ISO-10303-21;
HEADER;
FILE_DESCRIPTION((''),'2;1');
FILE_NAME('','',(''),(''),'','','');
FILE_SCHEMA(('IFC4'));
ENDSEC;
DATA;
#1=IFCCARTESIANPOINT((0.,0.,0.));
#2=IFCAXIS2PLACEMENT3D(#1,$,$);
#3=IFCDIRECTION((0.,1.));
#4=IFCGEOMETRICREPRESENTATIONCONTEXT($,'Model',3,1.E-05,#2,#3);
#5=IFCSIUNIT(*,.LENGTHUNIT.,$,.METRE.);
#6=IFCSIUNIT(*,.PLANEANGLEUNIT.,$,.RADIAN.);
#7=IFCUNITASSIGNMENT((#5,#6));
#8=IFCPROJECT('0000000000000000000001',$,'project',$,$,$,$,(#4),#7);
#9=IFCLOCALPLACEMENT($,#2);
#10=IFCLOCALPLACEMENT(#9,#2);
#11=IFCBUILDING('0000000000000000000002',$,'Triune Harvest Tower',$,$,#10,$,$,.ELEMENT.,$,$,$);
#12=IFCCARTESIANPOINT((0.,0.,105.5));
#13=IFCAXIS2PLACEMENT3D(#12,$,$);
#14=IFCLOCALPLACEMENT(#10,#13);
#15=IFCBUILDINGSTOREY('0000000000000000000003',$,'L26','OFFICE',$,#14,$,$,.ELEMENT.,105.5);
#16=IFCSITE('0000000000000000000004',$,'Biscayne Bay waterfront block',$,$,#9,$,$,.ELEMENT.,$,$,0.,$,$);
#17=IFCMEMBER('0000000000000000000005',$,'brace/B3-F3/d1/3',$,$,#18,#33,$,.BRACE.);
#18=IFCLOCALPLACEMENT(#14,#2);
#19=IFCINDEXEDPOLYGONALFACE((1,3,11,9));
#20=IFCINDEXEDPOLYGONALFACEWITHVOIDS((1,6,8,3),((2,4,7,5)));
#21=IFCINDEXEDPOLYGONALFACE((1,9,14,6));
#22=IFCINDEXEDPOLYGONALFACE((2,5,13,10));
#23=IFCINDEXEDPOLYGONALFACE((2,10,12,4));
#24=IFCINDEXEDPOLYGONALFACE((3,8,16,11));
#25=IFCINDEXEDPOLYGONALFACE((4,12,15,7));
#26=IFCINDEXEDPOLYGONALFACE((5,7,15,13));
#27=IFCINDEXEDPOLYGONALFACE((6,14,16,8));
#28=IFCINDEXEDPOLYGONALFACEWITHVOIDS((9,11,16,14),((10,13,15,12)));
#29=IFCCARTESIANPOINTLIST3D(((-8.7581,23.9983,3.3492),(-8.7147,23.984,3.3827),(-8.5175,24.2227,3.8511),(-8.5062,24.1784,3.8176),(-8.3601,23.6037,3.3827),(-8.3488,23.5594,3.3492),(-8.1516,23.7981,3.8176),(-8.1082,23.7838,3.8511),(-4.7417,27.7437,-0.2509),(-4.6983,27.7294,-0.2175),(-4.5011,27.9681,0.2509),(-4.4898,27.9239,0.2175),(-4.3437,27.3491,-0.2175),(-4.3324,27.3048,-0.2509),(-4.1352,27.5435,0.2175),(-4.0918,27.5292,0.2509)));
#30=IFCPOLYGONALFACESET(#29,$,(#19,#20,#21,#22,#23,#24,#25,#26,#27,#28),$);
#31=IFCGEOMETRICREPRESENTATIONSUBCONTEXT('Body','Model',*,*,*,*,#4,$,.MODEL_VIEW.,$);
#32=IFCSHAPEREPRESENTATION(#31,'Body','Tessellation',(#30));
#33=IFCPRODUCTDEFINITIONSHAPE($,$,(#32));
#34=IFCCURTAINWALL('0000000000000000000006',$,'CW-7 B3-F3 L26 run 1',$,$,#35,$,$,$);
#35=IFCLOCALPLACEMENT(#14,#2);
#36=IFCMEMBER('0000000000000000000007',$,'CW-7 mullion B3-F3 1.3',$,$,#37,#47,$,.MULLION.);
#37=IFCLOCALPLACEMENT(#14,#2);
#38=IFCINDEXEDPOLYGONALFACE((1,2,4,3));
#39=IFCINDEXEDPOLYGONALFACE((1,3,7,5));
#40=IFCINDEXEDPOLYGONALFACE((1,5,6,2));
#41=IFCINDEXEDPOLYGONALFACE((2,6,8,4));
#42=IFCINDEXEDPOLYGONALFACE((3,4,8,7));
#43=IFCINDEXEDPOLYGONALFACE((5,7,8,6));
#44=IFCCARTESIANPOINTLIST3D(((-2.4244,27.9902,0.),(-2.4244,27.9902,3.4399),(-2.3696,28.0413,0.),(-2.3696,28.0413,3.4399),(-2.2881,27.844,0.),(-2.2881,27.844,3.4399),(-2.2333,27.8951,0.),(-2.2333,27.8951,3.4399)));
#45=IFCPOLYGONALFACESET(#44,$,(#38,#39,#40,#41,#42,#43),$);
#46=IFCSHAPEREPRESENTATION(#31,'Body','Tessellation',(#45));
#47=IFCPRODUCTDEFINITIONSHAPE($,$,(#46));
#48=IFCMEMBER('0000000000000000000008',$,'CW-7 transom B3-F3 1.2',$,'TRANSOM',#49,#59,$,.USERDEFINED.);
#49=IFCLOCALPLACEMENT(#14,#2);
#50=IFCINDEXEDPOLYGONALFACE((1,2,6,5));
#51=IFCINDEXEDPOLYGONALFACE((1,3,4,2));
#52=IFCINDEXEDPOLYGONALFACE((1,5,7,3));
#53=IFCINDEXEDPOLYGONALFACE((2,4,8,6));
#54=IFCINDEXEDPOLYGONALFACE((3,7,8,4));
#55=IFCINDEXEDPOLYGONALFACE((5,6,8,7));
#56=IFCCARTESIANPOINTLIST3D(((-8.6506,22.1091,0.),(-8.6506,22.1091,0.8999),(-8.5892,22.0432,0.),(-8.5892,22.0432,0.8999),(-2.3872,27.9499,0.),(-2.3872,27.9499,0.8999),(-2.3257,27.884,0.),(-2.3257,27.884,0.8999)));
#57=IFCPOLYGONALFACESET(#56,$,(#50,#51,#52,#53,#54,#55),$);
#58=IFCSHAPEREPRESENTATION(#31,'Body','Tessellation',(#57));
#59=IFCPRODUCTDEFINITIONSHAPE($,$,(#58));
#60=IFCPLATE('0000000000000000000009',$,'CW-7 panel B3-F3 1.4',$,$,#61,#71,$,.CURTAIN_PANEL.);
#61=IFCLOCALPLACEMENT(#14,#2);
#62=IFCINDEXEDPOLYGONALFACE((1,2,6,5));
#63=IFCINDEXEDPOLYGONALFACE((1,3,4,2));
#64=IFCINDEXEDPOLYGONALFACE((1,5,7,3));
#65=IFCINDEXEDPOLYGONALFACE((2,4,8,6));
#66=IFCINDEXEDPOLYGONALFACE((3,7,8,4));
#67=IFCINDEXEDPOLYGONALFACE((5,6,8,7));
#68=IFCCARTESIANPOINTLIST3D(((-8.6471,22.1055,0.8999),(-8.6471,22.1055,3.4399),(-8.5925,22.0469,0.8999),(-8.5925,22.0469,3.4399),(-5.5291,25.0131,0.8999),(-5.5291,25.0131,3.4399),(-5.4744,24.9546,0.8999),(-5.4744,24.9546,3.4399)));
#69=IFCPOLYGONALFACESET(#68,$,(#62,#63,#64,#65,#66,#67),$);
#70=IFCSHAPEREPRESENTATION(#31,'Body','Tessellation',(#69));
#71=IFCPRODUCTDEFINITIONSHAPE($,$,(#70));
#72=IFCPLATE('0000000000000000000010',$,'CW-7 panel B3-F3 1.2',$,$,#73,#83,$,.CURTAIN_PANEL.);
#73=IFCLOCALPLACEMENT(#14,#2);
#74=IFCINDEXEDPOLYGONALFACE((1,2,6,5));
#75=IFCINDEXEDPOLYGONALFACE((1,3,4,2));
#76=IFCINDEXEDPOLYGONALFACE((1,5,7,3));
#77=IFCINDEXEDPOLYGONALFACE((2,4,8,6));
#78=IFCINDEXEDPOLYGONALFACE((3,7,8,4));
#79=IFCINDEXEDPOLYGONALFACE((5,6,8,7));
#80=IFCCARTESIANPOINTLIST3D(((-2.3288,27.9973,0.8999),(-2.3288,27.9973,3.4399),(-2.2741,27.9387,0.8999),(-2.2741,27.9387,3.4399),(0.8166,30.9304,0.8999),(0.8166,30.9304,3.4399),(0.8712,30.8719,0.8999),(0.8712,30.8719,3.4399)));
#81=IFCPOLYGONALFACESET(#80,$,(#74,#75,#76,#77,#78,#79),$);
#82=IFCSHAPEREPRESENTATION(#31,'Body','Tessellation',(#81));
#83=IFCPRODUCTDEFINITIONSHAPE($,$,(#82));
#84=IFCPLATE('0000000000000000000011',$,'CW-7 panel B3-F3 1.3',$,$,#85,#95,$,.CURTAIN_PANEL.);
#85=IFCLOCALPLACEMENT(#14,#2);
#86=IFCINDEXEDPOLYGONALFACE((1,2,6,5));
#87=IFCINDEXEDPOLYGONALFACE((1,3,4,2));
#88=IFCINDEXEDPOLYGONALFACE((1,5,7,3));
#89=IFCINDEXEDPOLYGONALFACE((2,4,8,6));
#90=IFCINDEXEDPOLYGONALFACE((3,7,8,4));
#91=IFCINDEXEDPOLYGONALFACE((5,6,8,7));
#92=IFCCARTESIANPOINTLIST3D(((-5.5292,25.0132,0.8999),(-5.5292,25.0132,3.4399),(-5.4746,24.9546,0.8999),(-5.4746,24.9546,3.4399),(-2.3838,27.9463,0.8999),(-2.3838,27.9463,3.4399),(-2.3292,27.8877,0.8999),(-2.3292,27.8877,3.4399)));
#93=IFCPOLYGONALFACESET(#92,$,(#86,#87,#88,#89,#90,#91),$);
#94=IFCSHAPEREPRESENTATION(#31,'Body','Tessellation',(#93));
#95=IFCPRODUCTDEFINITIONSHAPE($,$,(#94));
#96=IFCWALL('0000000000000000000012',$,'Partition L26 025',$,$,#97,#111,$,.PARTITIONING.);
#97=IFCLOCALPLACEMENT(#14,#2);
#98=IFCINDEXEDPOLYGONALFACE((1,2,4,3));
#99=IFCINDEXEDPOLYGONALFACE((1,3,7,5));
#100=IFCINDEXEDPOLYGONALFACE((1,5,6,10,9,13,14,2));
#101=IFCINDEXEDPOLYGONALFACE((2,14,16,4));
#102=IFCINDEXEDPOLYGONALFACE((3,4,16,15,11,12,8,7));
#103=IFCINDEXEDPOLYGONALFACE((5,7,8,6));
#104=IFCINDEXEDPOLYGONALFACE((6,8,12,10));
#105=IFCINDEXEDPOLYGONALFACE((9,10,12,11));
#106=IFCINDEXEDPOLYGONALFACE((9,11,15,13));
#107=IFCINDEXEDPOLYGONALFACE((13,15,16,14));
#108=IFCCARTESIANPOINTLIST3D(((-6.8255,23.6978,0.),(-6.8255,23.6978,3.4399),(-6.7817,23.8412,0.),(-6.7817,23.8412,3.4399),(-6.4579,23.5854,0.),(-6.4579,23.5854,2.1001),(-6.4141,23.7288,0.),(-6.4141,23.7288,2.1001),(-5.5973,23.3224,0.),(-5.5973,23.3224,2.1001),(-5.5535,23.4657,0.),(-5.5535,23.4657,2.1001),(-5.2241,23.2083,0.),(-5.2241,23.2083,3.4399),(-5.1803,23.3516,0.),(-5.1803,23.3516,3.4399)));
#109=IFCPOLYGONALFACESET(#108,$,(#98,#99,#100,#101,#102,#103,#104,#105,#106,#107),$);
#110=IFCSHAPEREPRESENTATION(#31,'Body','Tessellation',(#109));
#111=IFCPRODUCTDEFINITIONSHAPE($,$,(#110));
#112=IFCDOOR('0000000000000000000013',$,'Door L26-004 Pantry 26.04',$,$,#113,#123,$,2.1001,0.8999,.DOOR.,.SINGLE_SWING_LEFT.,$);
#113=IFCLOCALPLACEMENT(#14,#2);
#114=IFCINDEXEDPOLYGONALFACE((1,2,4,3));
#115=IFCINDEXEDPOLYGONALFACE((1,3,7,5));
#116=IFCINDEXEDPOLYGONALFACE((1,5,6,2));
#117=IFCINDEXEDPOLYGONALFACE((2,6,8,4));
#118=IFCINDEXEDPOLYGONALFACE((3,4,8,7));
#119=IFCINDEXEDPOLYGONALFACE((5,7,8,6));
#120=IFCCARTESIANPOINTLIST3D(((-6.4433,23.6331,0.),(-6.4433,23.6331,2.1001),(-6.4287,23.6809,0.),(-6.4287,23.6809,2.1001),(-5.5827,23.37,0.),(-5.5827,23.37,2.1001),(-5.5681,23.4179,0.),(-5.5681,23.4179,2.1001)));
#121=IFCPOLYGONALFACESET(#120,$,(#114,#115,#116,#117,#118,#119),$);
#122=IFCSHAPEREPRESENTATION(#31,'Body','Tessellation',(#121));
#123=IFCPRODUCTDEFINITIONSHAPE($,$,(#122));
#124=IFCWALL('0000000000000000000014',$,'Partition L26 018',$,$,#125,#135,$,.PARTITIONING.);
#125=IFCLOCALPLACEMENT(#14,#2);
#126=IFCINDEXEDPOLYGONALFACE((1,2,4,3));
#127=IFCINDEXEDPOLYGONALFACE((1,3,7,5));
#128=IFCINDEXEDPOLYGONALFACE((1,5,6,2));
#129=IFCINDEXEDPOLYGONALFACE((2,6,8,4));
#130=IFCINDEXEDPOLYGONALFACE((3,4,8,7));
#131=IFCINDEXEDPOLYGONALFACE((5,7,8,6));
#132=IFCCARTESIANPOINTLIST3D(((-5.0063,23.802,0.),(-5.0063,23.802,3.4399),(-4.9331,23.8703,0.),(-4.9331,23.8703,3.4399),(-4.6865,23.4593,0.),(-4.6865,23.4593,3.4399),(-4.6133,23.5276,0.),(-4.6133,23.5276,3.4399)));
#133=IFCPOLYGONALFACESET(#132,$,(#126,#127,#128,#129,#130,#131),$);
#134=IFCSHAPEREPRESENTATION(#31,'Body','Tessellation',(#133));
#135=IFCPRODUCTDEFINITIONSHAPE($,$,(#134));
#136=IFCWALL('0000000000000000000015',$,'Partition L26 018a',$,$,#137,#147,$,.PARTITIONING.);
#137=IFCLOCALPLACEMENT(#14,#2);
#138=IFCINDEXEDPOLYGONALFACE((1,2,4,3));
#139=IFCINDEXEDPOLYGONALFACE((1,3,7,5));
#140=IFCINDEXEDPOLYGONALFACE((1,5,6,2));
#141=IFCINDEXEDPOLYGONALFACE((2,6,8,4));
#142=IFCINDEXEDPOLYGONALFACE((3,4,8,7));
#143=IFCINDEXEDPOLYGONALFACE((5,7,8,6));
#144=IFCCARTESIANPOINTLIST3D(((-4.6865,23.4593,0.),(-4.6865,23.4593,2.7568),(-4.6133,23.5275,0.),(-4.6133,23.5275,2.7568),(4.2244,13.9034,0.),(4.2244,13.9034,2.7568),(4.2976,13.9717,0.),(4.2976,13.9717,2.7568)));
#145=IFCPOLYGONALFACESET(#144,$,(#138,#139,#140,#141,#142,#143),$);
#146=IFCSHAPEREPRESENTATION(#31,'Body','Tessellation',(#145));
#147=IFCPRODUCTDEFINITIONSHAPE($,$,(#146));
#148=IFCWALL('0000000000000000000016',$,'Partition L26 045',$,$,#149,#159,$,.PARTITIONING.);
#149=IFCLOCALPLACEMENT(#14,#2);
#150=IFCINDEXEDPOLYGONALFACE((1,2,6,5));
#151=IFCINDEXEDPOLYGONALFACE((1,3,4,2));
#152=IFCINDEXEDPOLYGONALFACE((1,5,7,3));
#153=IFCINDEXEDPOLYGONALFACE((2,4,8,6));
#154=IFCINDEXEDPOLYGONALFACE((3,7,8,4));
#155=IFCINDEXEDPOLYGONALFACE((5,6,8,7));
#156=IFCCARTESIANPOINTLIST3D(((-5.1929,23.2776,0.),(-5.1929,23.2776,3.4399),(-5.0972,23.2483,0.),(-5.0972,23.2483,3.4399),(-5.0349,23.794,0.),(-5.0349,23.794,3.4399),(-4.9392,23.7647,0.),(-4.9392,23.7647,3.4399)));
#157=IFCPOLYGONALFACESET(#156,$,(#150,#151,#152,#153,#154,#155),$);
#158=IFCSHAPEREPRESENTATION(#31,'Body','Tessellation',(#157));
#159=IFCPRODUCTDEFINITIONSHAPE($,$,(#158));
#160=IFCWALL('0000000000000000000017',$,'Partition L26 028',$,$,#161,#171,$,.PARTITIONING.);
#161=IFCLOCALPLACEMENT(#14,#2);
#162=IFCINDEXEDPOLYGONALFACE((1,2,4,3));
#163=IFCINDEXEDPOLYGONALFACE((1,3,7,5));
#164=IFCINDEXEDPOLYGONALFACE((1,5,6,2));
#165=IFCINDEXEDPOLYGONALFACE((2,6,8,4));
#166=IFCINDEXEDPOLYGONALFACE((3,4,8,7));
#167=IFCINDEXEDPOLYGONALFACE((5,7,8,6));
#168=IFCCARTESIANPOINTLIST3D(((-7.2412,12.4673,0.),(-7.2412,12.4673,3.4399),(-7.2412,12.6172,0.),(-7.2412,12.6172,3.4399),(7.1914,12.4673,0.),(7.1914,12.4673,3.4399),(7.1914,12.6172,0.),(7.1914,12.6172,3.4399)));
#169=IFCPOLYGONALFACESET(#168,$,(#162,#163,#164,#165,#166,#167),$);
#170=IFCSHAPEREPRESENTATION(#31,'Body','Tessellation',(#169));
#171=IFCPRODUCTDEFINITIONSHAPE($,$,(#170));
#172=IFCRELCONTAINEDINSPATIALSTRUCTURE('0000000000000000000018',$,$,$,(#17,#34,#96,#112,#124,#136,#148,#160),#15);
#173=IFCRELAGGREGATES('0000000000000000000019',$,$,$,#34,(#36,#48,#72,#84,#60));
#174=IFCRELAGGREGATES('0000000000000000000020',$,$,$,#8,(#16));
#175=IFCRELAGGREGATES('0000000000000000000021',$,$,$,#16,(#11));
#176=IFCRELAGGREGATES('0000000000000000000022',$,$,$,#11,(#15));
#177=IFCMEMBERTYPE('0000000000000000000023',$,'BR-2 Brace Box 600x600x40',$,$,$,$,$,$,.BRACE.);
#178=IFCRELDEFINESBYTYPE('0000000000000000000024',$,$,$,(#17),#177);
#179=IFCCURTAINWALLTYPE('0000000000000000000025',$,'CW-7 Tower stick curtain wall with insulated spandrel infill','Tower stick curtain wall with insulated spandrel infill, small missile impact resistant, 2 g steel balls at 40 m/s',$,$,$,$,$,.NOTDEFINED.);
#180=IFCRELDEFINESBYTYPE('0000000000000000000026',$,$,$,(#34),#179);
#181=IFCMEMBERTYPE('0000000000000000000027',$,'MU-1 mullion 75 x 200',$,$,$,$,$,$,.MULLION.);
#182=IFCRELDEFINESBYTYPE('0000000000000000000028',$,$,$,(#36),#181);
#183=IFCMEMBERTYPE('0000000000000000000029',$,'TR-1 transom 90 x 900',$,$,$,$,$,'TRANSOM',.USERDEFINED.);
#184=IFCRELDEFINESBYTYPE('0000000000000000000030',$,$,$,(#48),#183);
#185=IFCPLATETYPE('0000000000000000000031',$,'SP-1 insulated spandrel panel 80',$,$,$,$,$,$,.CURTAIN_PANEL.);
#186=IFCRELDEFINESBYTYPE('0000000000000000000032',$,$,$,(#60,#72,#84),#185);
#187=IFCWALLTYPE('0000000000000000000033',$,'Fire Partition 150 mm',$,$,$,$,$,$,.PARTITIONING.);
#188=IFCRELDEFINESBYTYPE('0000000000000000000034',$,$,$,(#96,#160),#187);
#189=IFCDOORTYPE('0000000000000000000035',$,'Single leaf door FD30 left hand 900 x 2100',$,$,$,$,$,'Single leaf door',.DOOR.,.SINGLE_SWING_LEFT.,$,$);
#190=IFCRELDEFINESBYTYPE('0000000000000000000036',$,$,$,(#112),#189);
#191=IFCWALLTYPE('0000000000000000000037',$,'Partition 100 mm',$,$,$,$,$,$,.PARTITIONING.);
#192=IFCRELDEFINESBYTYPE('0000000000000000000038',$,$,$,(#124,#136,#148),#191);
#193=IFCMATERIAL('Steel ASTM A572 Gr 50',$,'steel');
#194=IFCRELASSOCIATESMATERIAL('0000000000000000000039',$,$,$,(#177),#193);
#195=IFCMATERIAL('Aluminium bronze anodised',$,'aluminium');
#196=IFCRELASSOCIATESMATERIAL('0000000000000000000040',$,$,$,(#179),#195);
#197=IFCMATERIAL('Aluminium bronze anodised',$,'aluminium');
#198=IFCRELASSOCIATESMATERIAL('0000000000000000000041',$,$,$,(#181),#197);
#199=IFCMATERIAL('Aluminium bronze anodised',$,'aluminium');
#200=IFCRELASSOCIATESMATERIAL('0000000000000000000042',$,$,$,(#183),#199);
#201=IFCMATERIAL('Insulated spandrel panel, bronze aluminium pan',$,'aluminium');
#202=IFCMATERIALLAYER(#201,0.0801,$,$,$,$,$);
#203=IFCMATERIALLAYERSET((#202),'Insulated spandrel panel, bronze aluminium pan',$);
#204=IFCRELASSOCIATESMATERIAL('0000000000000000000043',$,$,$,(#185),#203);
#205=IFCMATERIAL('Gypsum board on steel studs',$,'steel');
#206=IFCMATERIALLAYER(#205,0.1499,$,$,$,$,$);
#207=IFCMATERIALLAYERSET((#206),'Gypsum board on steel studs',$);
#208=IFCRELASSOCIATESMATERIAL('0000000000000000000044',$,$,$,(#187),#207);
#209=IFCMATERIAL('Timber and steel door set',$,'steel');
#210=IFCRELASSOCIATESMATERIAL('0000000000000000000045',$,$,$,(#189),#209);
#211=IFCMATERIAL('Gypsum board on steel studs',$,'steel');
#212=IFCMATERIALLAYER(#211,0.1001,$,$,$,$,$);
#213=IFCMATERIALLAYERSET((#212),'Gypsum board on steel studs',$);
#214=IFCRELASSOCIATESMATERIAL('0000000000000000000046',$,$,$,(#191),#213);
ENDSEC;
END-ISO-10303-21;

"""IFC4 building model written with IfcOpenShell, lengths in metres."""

from ifc_helpers import new_model, si_unit, direction, frame, frame_2d, origin, origin_2d, place, context, subcontext, project, spatial, rectangle, hollow_rectangle, extrude, source, transform, mapped, material, layer, layer_set, material_profile, profile_set, type_object, element, fill, aggregate, save


model = new_model("IFC4")

# Units and contexts
model_context = context("Model", 3, precision=1e-05, world=origin(), true_north=direction((0.0, 1.0)))
body_context = subcontext(model_context, "Body", "Model", "MODEL_VIEW")
ifc_project = project(units=[si_unit("LENGTHUNIT", "METRE"), si_unit("PLANEANGLEUNIT", "RADIAN")], contexts=[model_context])

# Site, building, storey
site_placement = place(None, origin())
site = spatial("IfcSite", under=ifc_project, at=site_placement, Name="Biscayne Bay waterfront block", CompositionType="ELEMENT", RefElevation=0.0)
building_placement = place(site_placement, origin())
building = spatial("IfcBuilding", under=site, at=building_placement, Name="Triune Harvest Tower", CompositionType="ELEMENT")
storey_placement = place(building_placement, frame((0.0, 0.0, 105.5)))
storey = spatial("IfcBuildingStorey", under=building, at=storey_placement, Name="L26", Description="OFFICE", CompositionType="ELEMENT", Elevation=105.5)

# Member
ifc_material_1 = material(Name="Steel ASTM A572 Gr 50", Category="steel")
ifc_material_profile_1 = material_profile(ifc_material_1, hollow_rectangle(XDim=0.6001, YDim=0.6001, WallThickness=0.04, at=origin_2d()), Name="Box 600x600x40")
ifc_profile_set_1 = profile_set([ifc_material_profile_1], Name="Steel ASTM A572 Gr 50")
member_type_1 = type_object("IfcMemberType", Name="BR-2 Brace Box 600x600x40", PredefinedType="BRACE", material=ifc_profile_set_1)
shared_shape_1 = source(origin(), body_context, "Body", "SweptSolid", [
    extrude(hollow_rectangle(XDim=0.6001, YDim=0.6001, WallThickness=0.04, at=origin_2d()), origin(), (0.0, 0.0, 1.0), 6.5667),
])
member_1_placement = place(storey_placement, frame((-4.4167, 27.6365, 0.0), z_axis=(-0.611639, -0.57037, 0.548248), x_axis=(0.682003, -0.731349, 0.0)))
element("IfcMember", 1, at=member_1_placement, inside=storey, type_object=member_type_1, Name="brace/B3-F3/d1/3", PredefinedType="BRACE", context=body_context, shape_type="MappedRepresentation", body=[
    mapped(shared_shape_1, transform((0.0, 0.0, 0.0), scale=1.0)),
])

# Curtain wall, members, plates
ifc_material_2 = material(Name="Aluminium bronze anodised", Category="aluminium")
curtain_wall_type = type_object("IfcCurtainWallType", Name="CW-7 Tower stick curtain wall with insulated spandrel infill", Description="Tower stick curtain wall with insulated spandrel infill, small missile impact resistant, 2 g steel balls at 40 m/s", PredefinedType="NOTDEFINED", material=ifc_material_2)
curtain_wall_placement = place(storey_placement, origin())
curtain_wall = element("IfcCurtainWall", 2, at=curtain_wall_placement, inside=storey, type_object=curtain_wall_type, Name="CW-7 B3-F3 L26 run 1")
ifc_material_3 = material(Name="Aluminium bronze anodised", Category="aluminium")
ifc_material_profile_2 = material_profile(ifc_material_3, rectangle(XDim=0.2, YDim=0.075, at=origin_2d()), Name="MU-1 mullion 75 x 200")
ifc_profile_set_2 = profile_set([ifc_material_profile_2], Name="Aluminium bronze anodised")
member_type_2 = type_object("IfcMemberType", Name="MU-1 mullion 75 x 200", PredefinedType="MULLION", material=ifc_profile_set_2)
shared_shape_2 = source(origin(), body_context, "Body", "SweptSolid", [
    extrude(rectangle(XDim=0.2, YDim=0.075, at=origin_2d()), origin(), (0.0, 0.0, 1.0), 3.4399),
])
member_2_placement = place(storey_placement, frame((-2.3289, 27.9426, 0.0), z_axis=(0.0, 0.0, 1.0), x_axis=(0.681999, -0.731353, 0.0)))
member_2 = element("IfcMember", 3, at=member_2_placement, type_object=member_type_2, Name="CW-7 mullion B3-F3 1.3", PredefinedType="MULLION", context=body_context, shape_type="MappedRepresentation", body=[
    mapped(shared_shape_2, transform((0.0, 0.0, 0.0), scale=1.0)),
])
ifc_material_4 = material(Name="Aluminium bronze anodised", Category="aluminium")
ifc_material_profile_3 = material_profile(ifc_material_4, rectangle(XDim=0.0901, YDim=0.8999, at=origin_2d()), Name="TR-1 transom 90 x 900")
ifc_profile_set_3 = profile_set([ifc_material_profile_3], Name="Aluminium bronze anodised")
member_type_3 = type_object("IfcMemberType", Name="TR-1 transom 90 x 900", ElementType="TRANSOM", PredefinedType="USERDEFINED", material=ifc_profile_set_3)
shared_shape_3 = source(origin(), body_context, "Body", "SweptSolid", [
    extrude(rectangle(XDim=0.0901, YDim=0.8999, at=origin_2d()), origin(), (0.0, 0.0, 1.0), 8.5642),
])
member_3_placement = place(storey_placement, frame((-2.3564, 27.917, 0.45), z_axis=(-0.731349, -0.682003, 0.0), x_axis=(0.682003, -0.731349, 0.0)))
member_3 = element("IfcMember", 4, at=member_3_placement, type_object=member_type_3, Name="CW-7 transom B3-F3 1.2", ObjectType="TRANSOM", PredefinedType="USERDEFINED", context=body_context, shape_type="MappedRepresentation", body=[
    mapped(shared_shape_3, transform((0.0, 0.0, 0.0), scale=1.0)),
])
ifc_material_5 = material(Name="Insulated spandrel panel, bronze aluminium pan", Category="aluminium")
ifc_layer_1 = layer(ifc_material_5, 0.0801)
ifc_layer_set_1 = layer_set([ifc_layer_1], Name="Insulated spandrel panel, bronze aluminium pan")
plate_type = type_object("IfcPlateType", Name="SP-1 insulated spandrel panel 80", PredefinedType="CURTAIN_PANEL", material=ifc_layer_set_1)
shared_shape_4 = source(origin(), body_context, "Body", "SweptSolid", [
    extrude(rectangle(XDim=4.2634, YDim=0.0801, at=origin_2d()), origin(), (0.0, 0.0, 1.0), 2.54),
])
plate_1_placement = place(storey_placement, frame((-7.0608, 23.53, 0.8999), z_axis=(0.0, 0.0, 1.0), x_axis=(-0.731353, -0.681999, 0.0)))
plate_1 = element("IfcPlate", 5, at=plate_1_placement, type_object=plate_type, Name="CW-7 panel B3-F3 1.4", PredefinedType="CURTAIN_PANEL", context=body_context, shape_type="MappedRepresentation", body=[
    mapped(shared_shape_4, transform((0.0, 0.0, 0.0), scale=1.0)),
])
shared_shape_5 = source(origin(), body_context, "Body", "SweptSolid", [
    extrude(rectangle(XDim=4.3008, YDim=0.0801, at=origin_2d()), origin(), (0.0, 0.0, 1.0), 2.54),
])
plate_2_placement = place(storey_placement, frame((-0.7288, 29.4346, 0.8999), z_axis=(0.0, 0.0, 1.0), x_axis=(-0.731353, -0.681999, 0.0)))
plate_2 = element("IfcPlate", 6, at=plate_2_placement, type_object=plate_type, Name="CW-7 panel B3-F3 1.2", PredefinedType="CURTAIN_PANEL", context=body_context, shape_type="MappedRepresentation", body=[
    mapped(shared_shape_5, transform((0.0, 0.0, 0.0), scale=1.0)),
])
plate_3_placement = place(storey_placement, frame((-3.9292, 26.4504, 0.8999), z_axis=(0.0, 0.0, 1.0), x_axis=(-0.731353, -0.681999, 0.0)))
plate_3 = element("IfcPlate", 7, at=plate_3_placement, type_object=plate_type, Name="CW-7 panel B3-F3 1.3", PredefinedType="CURTAIN_PANEL", context=body_context, shape_type="MappedRepresentation", body=[
    mapped(shared_shape_5, transform((0.0, 0.0, 0.0), scale=1.0)),
])
aggregate(curtain_wall, [member_2, member_3, plate_2, plate_3, plate_1])

# Wall, opening, door
ifc_material_6 = material(Name="Gypsum board on steel studs", Category="steel")
ifc_layer_2 = layer(ifc_material_6, 0.1499)
ifc_layer_set_2 = layer_set([ifc_layer_2], Name="Gypsum board on steel studs")
wall_type_1 = type_object("IfcWallType", Name="Fire Partition 150 mm", PredefinedType="PARTITIONING", material=ifc_layer_set_2)
wall_1_placement = place(storey_placement, frame((-6.8037, 23.7695, 0.0), z_axis=(0.0, 0.0, 1.0), x_axis=(0.956316, -0.292333, 0.0)))
wall_1 = element("IfcWall", 8, at=wall_1_placement, inside=storey, type_object=wall_type_1, Name="Partition L26 025", PredefinedType="PARTITIONING", context=body_context, shape_type="SweptSolid", body=[
    extrude(rectangle(XDim=1.6746, YDim=0.1499, at=frame_2d((0.8374, 0.0))), origin(), (0.0, 0.0, 1.0), 3.4399),
])
opening_placement = place(wall_1_placement, frame((0.3845, 0.0, 0.0)))
opening = element("IfcOpeningElement", 9, at=opening_placement, cuts=wall_1, PredefinedType="OPENING", context=body_context, shape_type="SweptSolid", body=[
    extrude(rectangle(XDim=0.8999, YDim=2.1001, at=frame_2d((0.45, 1.05))), frame((0.0, 0.085, 0.0), z_axis=(0.0, -1.0, 0.0), x_axis=(1.0, 0.0, 0.0)), (0.0, 0.0, 1.0), 0.1699),
])
ifc_material_7 = material(Name="Timber and steel door set", Category="steel")
door_type = type_object("IfcDoorType", Name="Single leaf door FD30 left hand 900 x 2100", ElementType="Single leaf door", OperationType="SINGLE_SWING_LEFT", PredefinedType="DOOR", material=ifc_material_7)
door_placement = place(opening_placement, origin())
door = element("IfcDoor", 10, at=door_placement, inside=storey, type_object=door_type, Name="Door L26-004 Pantry 26.04", OperationType="SINGLE_SWING_LEFT", OverallHeight=2.1001, OverallWidth=0.8999, PredefinedType="DOOR", context=body_context, shape_type="SweptSolid", body=[
    extrude(rectangle(XDim=0.8999, YDim=2.1001, at=frame_2d((0.45, 1.05))), frame((0.0, 0.0249, 0.0), z_axis=(0.0, -1.0, 0.0), x_axis=(1.0, 0.0, 0.0)), (0.0, 0.0, 1.0), 0.05),
])
fill(opening, door)

# Walls
ifc_material_8 = material(Name="Gypsum board on steel studs", Category="steel")
ifc_layer_3 = layer(ifc_material_8, 0.1001)
ifc_layer_set_3 = layer_set([ifc_layer_3], Name="Gypsum board on steel studs")
wall_type_2 = type_object("IfcWallType", Name="Partition 100 mm", PredefinedType="PARTITIONING", material=ifc_layer_set_3)
wall_2_placement = place(storey_placement, frame((-4.9697, 23.8362, 0.0), z_axis=(0.0, 0.0, 1.0), x_axis=(0.682207, -0.731159, 0.0)))
element("IfcWall", 11, at=wall_2_placement, inside=storey, type_object=wall_type_2, Name="Partition L26 018", PredefinedType="PARTITIONING", context=body_context, shape_type="SweptSolid", body=[
    extrude(rectangle(XDim=0.4688, YDim=0.1001, at=frame_2d((0.2344, 0.0))), origin(), (0.0, 0.0, 1.0), 3.4399),
])
wall_3_placement = place(storey_placement, frame((-4.6499, 23.4934, 0.0), z_axis=(0.0, 0.0, 1.0), x_axis=(0.681993, -0.731359, 0.0)))
element("IfcWall", 12, at=wall_3_placement, inside=storey, type_object=wall_type_2, Name="Partition L26 018a", PredefinedType="PARTITIONING", context=body_context, shape_type="SweptSolid", body=[
    extrude(rectangle(XDim=13.0659, YDim=0.1001, at=frame_2d((6.533, 0.0))), origin(), (0.0, 0.0, 1.0), 2.7568),
])
wall_4_placement = place(storey_placement, frame((-5.145, 23.2629, 0.0), z_axis=(0.0, 0.0, 1.0), x_axis=(0.292529, 0.956257, 0.0)))
element("IfcWall", 13, at=wall_4_placement, inside=storey, type_object=wall_type_2, Name="Partition L26 045", PredefinedType="PARTITIONING", context=body_context, shape_type="SweptSolid", body=[
    extrude(rectangle(XDim=0.54, YDim=0.1001, at=frame_2d((0.27, 0.0))), origin(), (0.0, 0.0, 1.0), 3.4399),
])
shared_shape_6 = source(origin(), body_context, "Body", "SweptSolid", [
    extrude(rectangle(XDim=14.4326, YDim=0.1499, at=frame_2d((7.2163, 0.0))), origin(), (0.0, 0.0, 1.0), 3.4399),
])
wall_5_placement = place(storey_placement, frame((-7.2412, 12.5422, 0.0), z_axis=(0.0, 0.0, 1.0), x_axis=(1.0, 0.0, 0.0)))
element("IfcWall", 14, at=wall_5_placement, inside=storey, type_object=wall_type_1, Name="Partition L26 028", PredefinedType="PARTITIONING", context=body_context, shape_type="MappedRepresentation", body=[
    mapped(shared_shape_6, transform((0.0, 0.0, 0.0), scale=1.0)),
])

save(model, "model.ifc")
